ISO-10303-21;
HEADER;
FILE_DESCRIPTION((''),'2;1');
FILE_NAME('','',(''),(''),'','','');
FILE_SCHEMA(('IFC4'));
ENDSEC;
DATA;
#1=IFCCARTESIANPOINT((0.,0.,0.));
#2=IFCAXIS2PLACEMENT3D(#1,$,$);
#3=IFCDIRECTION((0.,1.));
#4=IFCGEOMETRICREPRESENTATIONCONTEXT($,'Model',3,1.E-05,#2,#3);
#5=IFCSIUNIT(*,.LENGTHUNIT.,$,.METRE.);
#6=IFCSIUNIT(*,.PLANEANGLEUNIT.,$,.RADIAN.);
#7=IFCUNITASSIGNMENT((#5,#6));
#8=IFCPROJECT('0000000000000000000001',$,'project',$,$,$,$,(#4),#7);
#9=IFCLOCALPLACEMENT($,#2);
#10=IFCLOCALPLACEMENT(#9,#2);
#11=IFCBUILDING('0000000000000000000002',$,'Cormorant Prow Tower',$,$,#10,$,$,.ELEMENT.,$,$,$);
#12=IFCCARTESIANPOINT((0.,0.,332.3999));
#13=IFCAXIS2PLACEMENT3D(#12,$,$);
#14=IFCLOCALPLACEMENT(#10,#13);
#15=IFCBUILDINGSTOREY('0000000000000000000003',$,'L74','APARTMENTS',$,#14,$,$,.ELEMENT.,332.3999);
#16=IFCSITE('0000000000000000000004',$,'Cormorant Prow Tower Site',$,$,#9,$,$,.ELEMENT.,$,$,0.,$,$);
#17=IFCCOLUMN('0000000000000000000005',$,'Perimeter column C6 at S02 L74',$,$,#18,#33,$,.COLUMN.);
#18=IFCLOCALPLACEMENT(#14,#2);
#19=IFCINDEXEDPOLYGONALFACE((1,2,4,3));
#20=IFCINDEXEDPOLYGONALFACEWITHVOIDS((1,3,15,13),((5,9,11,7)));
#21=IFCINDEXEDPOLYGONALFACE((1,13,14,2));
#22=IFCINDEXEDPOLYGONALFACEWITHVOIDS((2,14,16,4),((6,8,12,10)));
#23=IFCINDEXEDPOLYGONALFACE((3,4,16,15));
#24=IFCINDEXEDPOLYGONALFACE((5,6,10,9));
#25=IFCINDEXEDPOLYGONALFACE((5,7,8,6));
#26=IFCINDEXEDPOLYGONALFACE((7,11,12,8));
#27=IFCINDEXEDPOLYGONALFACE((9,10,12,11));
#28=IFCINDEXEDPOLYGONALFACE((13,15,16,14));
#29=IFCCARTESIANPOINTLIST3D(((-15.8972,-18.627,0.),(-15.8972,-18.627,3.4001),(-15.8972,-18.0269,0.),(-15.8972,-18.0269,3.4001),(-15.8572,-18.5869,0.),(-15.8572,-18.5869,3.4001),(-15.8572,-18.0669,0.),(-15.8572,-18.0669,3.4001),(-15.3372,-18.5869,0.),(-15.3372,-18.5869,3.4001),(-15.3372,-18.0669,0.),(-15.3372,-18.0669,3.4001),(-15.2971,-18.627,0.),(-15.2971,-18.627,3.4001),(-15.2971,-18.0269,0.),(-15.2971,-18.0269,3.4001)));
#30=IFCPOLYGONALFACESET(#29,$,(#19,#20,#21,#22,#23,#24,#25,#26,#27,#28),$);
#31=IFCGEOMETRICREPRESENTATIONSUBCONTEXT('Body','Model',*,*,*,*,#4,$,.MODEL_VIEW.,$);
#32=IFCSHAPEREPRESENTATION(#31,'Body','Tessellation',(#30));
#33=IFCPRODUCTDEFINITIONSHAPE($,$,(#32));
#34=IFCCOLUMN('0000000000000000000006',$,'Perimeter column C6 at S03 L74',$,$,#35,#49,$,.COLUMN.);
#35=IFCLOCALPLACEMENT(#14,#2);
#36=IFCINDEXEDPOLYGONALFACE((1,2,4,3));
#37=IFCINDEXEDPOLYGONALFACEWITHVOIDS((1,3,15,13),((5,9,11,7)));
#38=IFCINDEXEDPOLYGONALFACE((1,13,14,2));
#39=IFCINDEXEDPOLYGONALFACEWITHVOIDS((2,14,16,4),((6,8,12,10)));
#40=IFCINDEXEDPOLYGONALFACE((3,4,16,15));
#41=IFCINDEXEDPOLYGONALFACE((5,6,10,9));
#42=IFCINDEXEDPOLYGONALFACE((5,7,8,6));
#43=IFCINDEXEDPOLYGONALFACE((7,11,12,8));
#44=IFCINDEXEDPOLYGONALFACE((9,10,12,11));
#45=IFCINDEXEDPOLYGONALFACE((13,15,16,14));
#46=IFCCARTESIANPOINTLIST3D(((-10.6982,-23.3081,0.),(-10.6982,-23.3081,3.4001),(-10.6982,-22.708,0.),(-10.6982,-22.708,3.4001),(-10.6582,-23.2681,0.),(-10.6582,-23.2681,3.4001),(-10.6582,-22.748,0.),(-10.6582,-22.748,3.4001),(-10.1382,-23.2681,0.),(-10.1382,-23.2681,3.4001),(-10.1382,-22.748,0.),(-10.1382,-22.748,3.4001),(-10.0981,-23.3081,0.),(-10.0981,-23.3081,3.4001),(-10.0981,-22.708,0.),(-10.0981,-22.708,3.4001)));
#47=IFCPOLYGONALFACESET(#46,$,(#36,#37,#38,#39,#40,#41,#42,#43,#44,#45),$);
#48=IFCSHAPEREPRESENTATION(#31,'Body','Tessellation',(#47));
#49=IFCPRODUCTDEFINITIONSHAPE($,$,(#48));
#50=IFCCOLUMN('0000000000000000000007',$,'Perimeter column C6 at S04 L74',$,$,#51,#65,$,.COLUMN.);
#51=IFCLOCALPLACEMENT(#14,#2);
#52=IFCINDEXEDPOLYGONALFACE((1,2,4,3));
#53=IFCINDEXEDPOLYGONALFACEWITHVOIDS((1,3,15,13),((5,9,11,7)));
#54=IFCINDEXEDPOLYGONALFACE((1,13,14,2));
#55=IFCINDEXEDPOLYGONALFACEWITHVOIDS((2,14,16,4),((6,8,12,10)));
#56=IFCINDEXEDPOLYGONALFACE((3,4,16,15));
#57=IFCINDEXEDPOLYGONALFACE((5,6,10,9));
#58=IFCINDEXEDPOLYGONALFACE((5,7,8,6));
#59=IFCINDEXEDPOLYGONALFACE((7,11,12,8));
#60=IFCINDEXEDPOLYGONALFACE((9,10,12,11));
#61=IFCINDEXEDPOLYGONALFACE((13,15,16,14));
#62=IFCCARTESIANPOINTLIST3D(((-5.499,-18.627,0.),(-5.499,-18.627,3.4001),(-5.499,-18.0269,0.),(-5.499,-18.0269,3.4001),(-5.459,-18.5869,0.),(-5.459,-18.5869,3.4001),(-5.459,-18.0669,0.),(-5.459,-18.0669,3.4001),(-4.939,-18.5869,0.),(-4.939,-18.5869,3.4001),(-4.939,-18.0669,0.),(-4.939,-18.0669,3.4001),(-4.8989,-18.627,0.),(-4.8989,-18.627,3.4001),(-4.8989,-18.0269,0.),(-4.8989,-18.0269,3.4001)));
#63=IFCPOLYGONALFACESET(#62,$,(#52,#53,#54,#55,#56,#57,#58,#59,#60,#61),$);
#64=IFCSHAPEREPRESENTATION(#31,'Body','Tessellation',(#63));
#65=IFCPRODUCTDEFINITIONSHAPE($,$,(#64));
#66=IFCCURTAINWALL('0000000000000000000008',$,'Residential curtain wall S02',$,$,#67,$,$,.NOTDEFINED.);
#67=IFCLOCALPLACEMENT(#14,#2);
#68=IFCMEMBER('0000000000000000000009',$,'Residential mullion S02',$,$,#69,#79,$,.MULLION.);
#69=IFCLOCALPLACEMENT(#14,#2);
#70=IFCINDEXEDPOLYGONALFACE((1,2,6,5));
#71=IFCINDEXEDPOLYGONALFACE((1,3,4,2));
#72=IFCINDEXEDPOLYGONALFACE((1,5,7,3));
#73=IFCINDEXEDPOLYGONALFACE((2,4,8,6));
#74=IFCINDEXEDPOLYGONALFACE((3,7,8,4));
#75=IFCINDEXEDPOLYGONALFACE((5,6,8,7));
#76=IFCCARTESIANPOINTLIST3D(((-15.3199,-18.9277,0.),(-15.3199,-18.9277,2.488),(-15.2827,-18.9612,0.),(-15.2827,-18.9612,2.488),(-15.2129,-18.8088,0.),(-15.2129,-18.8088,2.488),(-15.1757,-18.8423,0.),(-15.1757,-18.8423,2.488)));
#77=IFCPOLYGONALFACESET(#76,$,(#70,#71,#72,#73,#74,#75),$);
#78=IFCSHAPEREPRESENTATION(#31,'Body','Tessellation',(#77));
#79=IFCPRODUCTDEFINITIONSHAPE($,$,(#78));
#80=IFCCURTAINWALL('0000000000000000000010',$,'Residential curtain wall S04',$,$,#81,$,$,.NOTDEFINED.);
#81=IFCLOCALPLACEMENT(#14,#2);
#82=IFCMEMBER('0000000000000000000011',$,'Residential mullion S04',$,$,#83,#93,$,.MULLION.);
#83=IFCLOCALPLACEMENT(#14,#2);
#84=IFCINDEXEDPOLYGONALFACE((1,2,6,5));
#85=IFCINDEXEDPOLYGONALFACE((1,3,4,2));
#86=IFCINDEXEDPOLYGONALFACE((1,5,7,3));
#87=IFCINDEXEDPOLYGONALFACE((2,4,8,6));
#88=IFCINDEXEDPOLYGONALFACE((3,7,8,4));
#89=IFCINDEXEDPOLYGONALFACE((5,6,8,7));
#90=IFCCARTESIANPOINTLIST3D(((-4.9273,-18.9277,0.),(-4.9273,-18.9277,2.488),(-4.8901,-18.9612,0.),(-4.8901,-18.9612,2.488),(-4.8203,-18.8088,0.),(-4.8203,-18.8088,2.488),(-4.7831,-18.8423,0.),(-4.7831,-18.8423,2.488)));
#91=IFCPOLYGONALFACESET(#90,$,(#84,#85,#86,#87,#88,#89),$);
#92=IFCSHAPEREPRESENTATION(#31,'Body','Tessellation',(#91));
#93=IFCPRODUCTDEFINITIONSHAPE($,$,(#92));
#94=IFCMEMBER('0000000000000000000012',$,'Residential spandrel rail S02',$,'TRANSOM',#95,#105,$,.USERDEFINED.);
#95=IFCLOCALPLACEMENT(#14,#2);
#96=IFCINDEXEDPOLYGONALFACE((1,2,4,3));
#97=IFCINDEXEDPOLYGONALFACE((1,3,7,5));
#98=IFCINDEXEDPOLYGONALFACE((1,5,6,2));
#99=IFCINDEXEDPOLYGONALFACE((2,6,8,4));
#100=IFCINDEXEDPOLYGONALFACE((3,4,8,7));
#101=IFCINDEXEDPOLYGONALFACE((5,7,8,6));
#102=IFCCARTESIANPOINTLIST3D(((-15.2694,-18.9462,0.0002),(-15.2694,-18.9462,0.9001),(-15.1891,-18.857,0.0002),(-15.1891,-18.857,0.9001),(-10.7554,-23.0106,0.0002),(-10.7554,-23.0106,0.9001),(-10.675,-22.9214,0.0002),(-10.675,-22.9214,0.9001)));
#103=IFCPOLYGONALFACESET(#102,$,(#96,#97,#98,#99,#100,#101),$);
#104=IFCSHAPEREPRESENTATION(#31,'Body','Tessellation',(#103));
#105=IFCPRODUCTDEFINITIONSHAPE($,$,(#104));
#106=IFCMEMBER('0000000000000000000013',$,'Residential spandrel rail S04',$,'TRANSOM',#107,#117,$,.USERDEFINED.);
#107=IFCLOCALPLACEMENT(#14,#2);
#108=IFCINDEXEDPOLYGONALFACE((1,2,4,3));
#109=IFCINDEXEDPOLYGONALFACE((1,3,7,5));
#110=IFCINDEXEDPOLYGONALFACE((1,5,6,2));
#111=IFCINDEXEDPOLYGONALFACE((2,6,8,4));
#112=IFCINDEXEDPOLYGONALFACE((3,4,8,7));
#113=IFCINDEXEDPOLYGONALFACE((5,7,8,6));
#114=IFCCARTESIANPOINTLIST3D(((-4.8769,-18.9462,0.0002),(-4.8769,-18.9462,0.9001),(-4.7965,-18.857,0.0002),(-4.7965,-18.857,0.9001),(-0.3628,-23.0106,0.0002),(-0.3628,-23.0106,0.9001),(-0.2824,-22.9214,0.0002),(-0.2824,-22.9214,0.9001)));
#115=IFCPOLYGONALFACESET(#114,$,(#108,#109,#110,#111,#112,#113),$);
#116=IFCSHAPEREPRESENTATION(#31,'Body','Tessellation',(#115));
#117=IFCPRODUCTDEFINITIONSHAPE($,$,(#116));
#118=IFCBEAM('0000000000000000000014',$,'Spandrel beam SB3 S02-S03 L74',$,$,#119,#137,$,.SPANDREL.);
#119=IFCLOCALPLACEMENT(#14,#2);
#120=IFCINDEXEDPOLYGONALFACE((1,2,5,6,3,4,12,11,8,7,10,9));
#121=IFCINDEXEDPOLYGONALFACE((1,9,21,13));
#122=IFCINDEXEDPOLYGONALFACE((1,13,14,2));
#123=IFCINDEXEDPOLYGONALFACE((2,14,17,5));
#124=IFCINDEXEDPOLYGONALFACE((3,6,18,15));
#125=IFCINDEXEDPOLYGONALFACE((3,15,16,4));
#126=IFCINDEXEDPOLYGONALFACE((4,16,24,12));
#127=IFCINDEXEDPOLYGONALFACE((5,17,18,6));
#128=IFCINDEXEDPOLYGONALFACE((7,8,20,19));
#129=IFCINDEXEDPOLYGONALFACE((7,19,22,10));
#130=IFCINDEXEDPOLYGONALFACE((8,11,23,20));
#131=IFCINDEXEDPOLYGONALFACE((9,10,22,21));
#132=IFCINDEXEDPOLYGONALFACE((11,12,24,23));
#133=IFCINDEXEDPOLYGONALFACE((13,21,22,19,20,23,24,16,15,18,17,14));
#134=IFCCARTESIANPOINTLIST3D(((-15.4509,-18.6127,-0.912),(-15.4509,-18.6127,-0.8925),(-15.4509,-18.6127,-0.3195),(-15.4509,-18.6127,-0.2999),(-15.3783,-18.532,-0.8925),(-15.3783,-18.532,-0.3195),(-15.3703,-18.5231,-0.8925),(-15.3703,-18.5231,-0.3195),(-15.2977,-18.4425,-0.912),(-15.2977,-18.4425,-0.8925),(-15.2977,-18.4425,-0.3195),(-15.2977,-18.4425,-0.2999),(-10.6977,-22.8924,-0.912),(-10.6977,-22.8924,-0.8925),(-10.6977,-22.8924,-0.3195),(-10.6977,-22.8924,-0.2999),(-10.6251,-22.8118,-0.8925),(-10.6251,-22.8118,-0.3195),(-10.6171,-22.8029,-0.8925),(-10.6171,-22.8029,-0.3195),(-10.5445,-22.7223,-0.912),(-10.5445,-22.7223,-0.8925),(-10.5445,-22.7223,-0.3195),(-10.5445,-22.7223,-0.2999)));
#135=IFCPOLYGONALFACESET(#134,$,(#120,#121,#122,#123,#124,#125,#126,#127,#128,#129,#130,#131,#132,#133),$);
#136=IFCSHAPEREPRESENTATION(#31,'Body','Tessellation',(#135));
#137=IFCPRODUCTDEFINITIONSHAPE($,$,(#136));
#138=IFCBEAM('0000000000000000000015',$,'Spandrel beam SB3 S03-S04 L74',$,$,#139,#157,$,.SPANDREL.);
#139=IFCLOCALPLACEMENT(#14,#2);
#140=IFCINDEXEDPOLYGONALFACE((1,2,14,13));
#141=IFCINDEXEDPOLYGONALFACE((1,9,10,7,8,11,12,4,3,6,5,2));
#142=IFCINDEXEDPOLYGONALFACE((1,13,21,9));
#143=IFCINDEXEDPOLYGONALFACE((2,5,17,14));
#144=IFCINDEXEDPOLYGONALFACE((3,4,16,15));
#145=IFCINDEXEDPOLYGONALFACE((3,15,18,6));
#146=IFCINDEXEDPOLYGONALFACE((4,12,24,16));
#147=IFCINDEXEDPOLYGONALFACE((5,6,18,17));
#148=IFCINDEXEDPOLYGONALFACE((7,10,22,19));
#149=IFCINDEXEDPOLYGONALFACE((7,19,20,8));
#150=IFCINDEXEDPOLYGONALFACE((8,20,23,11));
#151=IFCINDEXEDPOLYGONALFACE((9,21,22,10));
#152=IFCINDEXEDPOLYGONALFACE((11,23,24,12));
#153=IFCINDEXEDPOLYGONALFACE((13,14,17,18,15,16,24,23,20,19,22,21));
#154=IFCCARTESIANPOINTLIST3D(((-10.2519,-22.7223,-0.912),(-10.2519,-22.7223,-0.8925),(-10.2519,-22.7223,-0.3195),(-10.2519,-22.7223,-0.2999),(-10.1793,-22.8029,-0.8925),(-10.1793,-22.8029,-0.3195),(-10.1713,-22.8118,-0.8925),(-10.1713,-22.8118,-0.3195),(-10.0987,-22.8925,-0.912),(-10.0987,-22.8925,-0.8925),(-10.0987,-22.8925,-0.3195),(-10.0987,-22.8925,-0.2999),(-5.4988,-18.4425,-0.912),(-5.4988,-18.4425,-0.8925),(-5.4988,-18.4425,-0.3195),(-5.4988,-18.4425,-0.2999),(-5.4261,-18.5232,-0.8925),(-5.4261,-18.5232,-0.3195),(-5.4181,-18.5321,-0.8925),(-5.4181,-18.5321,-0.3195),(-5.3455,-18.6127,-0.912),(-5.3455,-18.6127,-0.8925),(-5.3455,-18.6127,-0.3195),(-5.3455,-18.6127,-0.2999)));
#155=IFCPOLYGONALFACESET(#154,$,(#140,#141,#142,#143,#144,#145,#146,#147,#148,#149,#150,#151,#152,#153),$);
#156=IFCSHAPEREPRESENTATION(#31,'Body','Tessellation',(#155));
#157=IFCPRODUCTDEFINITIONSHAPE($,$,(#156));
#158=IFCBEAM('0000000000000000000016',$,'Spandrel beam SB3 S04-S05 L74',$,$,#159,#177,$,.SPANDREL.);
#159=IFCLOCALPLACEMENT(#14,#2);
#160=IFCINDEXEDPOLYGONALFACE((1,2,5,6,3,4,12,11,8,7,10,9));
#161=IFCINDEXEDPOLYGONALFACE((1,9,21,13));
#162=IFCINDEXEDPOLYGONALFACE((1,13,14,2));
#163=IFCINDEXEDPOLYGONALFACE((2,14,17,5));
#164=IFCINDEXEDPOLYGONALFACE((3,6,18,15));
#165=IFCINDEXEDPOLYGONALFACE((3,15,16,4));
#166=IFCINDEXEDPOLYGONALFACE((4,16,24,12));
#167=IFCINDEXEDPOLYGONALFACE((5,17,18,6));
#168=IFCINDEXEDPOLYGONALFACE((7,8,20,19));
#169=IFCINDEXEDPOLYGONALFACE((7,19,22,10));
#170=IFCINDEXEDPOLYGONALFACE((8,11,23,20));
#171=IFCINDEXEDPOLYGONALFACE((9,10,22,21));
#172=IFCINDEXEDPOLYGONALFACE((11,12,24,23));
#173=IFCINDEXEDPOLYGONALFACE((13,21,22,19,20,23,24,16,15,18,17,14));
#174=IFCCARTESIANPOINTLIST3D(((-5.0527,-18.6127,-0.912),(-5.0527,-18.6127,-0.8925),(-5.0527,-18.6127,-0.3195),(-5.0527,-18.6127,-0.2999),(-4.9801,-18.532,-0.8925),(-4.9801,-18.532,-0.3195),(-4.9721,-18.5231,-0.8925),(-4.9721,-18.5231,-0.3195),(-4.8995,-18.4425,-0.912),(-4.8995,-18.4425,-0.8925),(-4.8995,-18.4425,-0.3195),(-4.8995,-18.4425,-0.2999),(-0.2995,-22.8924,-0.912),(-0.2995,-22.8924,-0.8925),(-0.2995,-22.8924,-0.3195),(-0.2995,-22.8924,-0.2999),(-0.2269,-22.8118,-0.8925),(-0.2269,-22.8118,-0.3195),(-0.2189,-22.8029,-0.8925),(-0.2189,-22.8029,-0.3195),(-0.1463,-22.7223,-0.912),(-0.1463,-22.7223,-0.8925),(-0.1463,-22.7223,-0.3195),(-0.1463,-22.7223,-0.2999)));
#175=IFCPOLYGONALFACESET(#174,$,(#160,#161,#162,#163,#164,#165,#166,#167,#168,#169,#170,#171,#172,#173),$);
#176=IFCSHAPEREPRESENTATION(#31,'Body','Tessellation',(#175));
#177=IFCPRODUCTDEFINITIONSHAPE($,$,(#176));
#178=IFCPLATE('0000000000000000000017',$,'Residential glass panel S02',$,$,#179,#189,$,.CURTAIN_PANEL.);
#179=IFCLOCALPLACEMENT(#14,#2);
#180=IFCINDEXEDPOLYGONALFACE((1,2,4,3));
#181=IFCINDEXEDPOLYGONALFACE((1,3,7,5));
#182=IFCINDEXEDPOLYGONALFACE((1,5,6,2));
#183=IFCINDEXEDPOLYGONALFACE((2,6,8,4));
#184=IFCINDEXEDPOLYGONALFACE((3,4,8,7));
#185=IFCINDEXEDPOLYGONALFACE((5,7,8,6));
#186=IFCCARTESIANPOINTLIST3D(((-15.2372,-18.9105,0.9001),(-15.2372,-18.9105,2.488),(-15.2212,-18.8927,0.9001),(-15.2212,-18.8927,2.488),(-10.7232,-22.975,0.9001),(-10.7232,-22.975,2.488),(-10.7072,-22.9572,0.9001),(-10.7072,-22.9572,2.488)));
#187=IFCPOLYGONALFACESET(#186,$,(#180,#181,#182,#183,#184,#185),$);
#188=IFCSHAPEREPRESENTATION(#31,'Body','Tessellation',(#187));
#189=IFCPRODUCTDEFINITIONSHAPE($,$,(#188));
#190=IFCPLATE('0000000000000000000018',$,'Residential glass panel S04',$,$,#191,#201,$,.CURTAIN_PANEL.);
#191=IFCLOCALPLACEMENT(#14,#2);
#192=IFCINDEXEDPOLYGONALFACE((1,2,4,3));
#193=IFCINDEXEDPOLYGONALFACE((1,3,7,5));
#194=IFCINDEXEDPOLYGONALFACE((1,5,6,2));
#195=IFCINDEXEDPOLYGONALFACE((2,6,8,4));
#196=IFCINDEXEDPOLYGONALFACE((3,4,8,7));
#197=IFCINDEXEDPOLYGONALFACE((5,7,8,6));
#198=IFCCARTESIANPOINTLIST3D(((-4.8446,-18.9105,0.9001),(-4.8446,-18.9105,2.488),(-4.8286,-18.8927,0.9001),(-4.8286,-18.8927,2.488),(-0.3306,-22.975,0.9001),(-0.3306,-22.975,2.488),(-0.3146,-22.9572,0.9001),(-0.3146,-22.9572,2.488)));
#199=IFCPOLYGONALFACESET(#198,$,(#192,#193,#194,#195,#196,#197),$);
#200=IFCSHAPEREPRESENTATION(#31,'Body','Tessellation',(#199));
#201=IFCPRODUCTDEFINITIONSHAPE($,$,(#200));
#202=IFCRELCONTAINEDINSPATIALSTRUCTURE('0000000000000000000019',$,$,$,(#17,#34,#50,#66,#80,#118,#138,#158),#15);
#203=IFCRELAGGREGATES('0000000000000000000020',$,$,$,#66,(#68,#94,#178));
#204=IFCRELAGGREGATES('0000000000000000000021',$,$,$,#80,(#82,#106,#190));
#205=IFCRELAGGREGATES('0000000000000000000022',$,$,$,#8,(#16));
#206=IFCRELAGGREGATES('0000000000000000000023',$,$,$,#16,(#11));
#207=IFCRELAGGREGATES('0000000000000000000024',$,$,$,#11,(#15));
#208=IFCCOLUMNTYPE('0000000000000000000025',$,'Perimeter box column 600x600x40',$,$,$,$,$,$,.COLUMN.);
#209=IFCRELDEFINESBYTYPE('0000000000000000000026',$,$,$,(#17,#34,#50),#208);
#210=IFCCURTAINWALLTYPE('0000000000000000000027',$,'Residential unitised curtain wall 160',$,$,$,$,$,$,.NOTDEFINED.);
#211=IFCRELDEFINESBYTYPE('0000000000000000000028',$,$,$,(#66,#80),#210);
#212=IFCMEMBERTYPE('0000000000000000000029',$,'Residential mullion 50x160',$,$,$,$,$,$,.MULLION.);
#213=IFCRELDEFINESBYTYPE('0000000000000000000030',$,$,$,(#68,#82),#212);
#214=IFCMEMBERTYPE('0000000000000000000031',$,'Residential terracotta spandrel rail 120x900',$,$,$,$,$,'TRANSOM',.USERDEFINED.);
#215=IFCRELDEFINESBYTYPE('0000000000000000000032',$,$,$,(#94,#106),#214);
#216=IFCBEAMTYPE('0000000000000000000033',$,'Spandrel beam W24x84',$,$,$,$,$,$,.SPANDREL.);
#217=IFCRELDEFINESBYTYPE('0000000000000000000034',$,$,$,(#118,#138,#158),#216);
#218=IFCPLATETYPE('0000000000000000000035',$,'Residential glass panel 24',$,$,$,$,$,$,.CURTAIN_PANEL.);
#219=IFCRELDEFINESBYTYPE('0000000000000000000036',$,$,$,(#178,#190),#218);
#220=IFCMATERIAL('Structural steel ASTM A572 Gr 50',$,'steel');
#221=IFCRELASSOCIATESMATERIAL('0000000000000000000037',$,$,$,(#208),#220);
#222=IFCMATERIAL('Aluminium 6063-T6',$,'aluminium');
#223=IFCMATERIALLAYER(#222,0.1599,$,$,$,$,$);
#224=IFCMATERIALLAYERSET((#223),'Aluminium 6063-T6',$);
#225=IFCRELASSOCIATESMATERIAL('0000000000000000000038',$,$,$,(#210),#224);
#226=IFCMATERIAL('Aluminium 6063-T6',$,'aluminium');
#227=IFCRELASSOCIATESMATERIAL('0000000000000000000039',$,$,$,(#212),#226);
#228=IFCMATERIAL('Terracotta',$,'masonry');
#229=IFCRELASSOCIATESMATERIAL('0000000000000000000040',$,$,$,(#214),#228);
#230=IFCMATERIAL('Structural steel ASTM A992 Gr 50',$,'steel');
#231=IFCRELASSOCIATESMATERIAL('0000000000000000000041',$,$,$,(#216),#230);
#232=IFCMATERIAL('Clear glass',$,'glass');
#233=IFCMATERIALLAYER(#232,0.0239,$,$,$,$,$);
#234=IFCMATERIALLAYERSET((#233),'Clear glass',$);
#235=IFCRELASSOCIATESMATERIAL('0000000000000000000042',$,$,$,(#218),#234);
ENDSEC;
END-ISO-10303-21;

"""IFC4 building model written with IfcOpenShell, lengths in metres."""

from ifc_helpers import new_model, si_unit, direction, frame, origin, origin_2d, place, context, subcontext, project, spatial, rectangle, hollow_rectangle, i_section, extrude, material, layer, layer_set, material_profile, profile_set, type_object, element, aggregate, save


model = new_model("IFC4")

# Units and contexts
model_context = context("Model", 3, precision=1e-05, world=origin(), true_north=direction((0.0, 1.0)))
body_context = subcontext(model_context, "Body", "Model", "MODEL_VIEW")
ifc_project = project(units=[si_unit("LENGTHUNIT", "METRE"), si_unit("PLANEANGLEUNIT", "RADIAN")], contexts=[model_context])

# Site, building, storey
site_placement = place(None, origin())
site = spatial("IfcSite", under=ifc_project, at=site_placement, Name="Cormorant Prow Tower Site", CompositionType="ELEMENT", RefElevation=0.0)
building_placement = place(site_placement, origin())
building = spatial("IfcBuilding", under=site, at=building_placement, Name="Cormorant Prow Tower", CompositionType="ELEMENT")
storey_placement = place(building_placement, frame((0.0, 0.0, 332.3999)))
storey = spatial("IfcBuildingStorey", under=building, at=storey_placement, Name="L74", Description="APARTMENTS", CompositionType="ELEMENT", Elevation=332.3999)

# Columns
ifc_material_1 = material(Name="Structural steel ASTM A572 Gr 50", Category="steel")
ifc_material_profile_1 = material_profile(ifc_material_1, hollow_rectangle(XDim=0.6001, YDim=0.6001, WallThickness=0.04, at=origin_2d()), Name="Box 600x600x40")
ifc_profile_set_1 = profile_set([ifc_material_profile_1], Name="Structural steel ASTM A572 Gr 50")
column_type = type_object("IfcColumnType", Name="Perimeter box column 600x600x40", PredefinedType="COLUMN", material=ifc_profile_set_1)
for number, where, z_axis, x_axis, name in (
    (1, (-15.5972, -18.3269, 0.0), (0.0, 0.0, 1.0), (1.0, 0.0, 0.0), "Perimeter column C6 at S02 L74"),
    (2, (-10.3982, -23.0081, 0.0), (0.0, 0.0, 1.0), (1.0, 0.0, 0.0), "Perimeter column C6 at S03 L74"),
    (3, (-5.199, -18.3269, 0.0), (0.0, 0.0, 1.0), (1.0, 0.0, 0.0), "Perimeter column C6 at S04 L74"),
):
    element("IfcColumn", number, at=place(storey_placement, frame(where, z_axis=z_axis, x_axis=x_axis)), inside=storey, type_object=column_type, Name=name, PredefinedType="COLUMN", context=body_context, shape_type="SweptSolid", body=[
        extrude(hollow_rectangle(XDim=0.6001, YDim=0.6001, WallThickness=0.04, at=origin_2d()), origin(), (0.0, 0.0, 1.0), 3.4001),
    ])

# Curtain walls, members
ifc_material_2 = material(Name="Aluminium 6063-T6", Category="aluminium")
ifc_layer_1 = layer(ifc_material_2, 0.1599)
ifc_layer_set_1 = layer_set([ifc_layer_1], Name="Aluminium 6063-T6")
curtain_wall_type = type_object("IfcCurtainWallType", Name="Residential unitised curtain wall 160", PredefinedType="NOTDEFINED", material=ifc_layer_set_1)
curtain_wall_1_placement = place(storey_placement, origin())
curtain_wall_1 = element("IfcCurtainWall", 4, at=curtain_wall_1_placement, inside=storey, type_object=curtain_wall_type, Name="Residential curtain wall S02", PredefinedType="NOTDEFINED")
ifc_material_3 = material(Name="Aluminium 6063-T6", Category="aluminium")
ifc_material_profile_2 = material_profile(ifc_material_3, rectangle(XDim=0.1599, YDim=0.05, at=origin_2d()), Name="Residential mullion 50x160")
ifc_profile_set_2 = profile_set([ifc_material_profile_2], Name="Aluminium 6063-T6")
member_type_1 = type_object("IfcMemberType", Name="Residential mullion 50x160", PredefinedType="MULLION", material=ifc_profile_set_2)
member_1_placement = place(storey_placement, frame((-15.2478, -18.885, 0.0), z_axis=(0.0, 0.0, 1.0), x_axis=(0.669131, 0.743145, 0.0)))
member_1 = element("IfcMember", 5, at=member_1_placement, type_object=member_type_1, Name="Residential mullion S02", PredefinedType="MULLION", context=body_context, shape_type="SweptSolid", body=[
    extrude(rectangle(XDim=0.1599, YDim=0.05, at=origin_2d()), origin(), (0.0, 0.0, 1.0), 2.488),
])
curtain_wall_2_placement = place(storey_placement, origin())
curtain_wall_2 = element("IfcCurtainWall", 6, at=curtain_wall_2_placement, inside=storey, type_object=curtain_wall_type, Name="Residential curtain wall S04", PredefinedType="NOTDEFINED")
member_2_placement = place(storey_placement, frame((-4.8552, -18.885, 0.0), z_axis=(0.0, 0.0, 1.0), x_axis=(0.669131, 0.743145, 0.0)))
member_2 = element("IfcMember", 7, at=member_2_placement, type_object=member_type_1, Name="Residential mullion S04", PredefinedType="MULLION", context=body_context, shape_type="SweptSolid", body=[
    extrude(rectangle(XDim=0.1599, YDim=0.05, at=origin_2d()), origin(), (0.0, 0.0, 1.0), 2.488),
])

# Members
ifc_material_4 = material(Name="Terracotta", Category="masonry")
ifc_material_profile_3 = material_profile(ifc_material_4, rectangle(XDim=0.1201, YDim=0.8999, at=origin_2d()), Name="Residential terracotta spandrel rail 120x900")
ifc_profile_set_3 = profile_set([ifc_material_profile_3], Name="Terracotta")
member_type_2 = type_object("IfcMemberType", Name="Residential terracotta spandrel rail 120x900", ElementType="TRANSOM", PredefinedType="USERDEFINED", material=ifc_profile_set_3)
member_3_placement = place(storey_placement, frame((-15.2292, -18.9016, 0.4502), z_axis=(0.743154, -0.66912, 0.0), x_axis=(0.66912, 0.743154, 0.0)))
member_3 = element("IfcMember", 8, at=member_3_placement, type_object=member_type_2, Name="Residential spandrel rail S02", ObjectType="TRANSOM", PredefinedType="USERDEFINED", context=body_context, shape_type="SweptSolid", body=[
    extrude(rectangle(XDim=0.1201, YDim=0.8999, at=origin_2d()), origin(), (0.0, 0.0, 1.0), 6.0742),
])
member_4_placement = place(storey_placement, frame((-4.8367, -18.9016, 0.4502), z_axis=(0.743154, -0.66912, 0.0), x_axis=(0.66912, 0.743154, 0.0)))
member_4 = element("IfcMember", 9, at=member_4_placement, type_object=member_type_2, Name="Residential spandrel rail S04", ObjectType="TRANSOM", PredefinedType="USERDEFINED", context=body_context, shape_type="SweptSolid", body=[
    extrude(rectangle(XDim=0.1201, YDim=0.8999, at=origin_2d()), origin(), (0.0, 0.0, 1.0), 6.0742),
])

# Beams
ifc_material_5 = material(Name="Structural steel ASTM A992 Gr 50", Category="steel")
ifc_material_profile_4 = material_profile(ifc_material_5, i_section(OverallWidth=0.229, OverallDepth=0.6121, WebThickness=0.012, FlangeThickness=0.0195, at=origin_2d()), Name="W24x84")
ifc_profile_set_4 = profile_set([ifc_material_profile_4], Name="Structural steel ASTM A992 Gr 50")
beam_type = type_object("IfcBeamType", Name="Spandrel beam W24x84", PredefinedType="SPANDREL", material=ifc_profile_set_4)
for number, where, z_axis, x_axis, name in (
    (10, (-15.3743, -18.5276, -0.606), (0.743144, -0.669131, 0.0), (0.669131, 0.743144, 0.0), "Spandrel beam SB3 S02-S03 L74"),
    (11, (-10.1753, -22.8074, -0.606), (0.743144, 0.669131, 0.0), (-0.669131, 0.743144, 0.0), "Spandrel beam SB3 S03-S04 L74"),
    (12, (-4.9761, -18.5276, -0.606), (0.743144, -0.669131, 0.0), (0.669131, 0.743144, 0.0), "Spandrel beam SB3 S04-S05 L74"),
):
    element("IfcBeam", number, at=place(storey_placement, frame(where, z_axis=z_axis, x_axis=x_axis)), inside=storey, type_object=beam_type, Name=name, PredefinedType="SPANDREL", context=body_context, shape_type="SweptSolid", body=[
        extrude(i_section(OverallWidth=0.229, OverallDepth=0.6121, WebThickness=0.012, FlangeThickness=0.0195, at=origin_2d()), origin(), (0.0, 0.0, 1.0), 6.396),
    ])

# Plates
ifc_material_6 = material(Name="Clear glass", Category="glass")
ifc_layer_2 = layer(ifc_material_6, 0.0239)
ifc_layer_set_2 = layer_set([ifc_layer_2], Name="Clear glass")
plate_type = type_object("IfcPlateType", Name="Residential glass panel 24", PredefinedType="CURTAIN_PANEL", material=ifc_layer_set_2)
plate_1_placement = place(storey_placement, frame((-12.9722, -20.9338, 0.9001), z_axis=(0.0, 0.0, 1.0), x_axis=(0.743145, -0.669131, 0.0)))
plate_1 = element("IfcPlate", 13, at=plate_1_placement, type_object=plate_type, Name="Residential glass panel S02", PredefinedType="CURTAIN_PANEL", context=body_context, shape_type="SweptSolid", body=[
    extrude(rectangle(XDim=6.0742, YDim=0.0239, at=origin_2d()), origin(), (0.0, 0.0, 1.0), 1.5879),
])
aggregate(curtain_wall_1, [member_1, member_3, plate_1])
plate_2_placement = place(storey_placement, frame((-2.5796, -20.9338, 0.9001), z_axis=(0.0, 0.0, 1.0), x_axis=(0.743145, -0.669131, 0.0)))
plate_2 = element("IfcPlate", 14, at=plate_2_placement, type_object=plate_type, Name="Residential glass panel S04", PredefinedType="CURTAIN_PANEL", context=body_context, shape_type="SweptSolid", body=[
    extrude(rectangle(XDim=6.0742, YDim=0.0239, at=origin_2d()), origin(), (0.0, 0.0, 1.0), 1.5879),
])
aggregate(curtain_wall_2, [member_2, member_4, plate_2])

save(model, "model.ifc")
